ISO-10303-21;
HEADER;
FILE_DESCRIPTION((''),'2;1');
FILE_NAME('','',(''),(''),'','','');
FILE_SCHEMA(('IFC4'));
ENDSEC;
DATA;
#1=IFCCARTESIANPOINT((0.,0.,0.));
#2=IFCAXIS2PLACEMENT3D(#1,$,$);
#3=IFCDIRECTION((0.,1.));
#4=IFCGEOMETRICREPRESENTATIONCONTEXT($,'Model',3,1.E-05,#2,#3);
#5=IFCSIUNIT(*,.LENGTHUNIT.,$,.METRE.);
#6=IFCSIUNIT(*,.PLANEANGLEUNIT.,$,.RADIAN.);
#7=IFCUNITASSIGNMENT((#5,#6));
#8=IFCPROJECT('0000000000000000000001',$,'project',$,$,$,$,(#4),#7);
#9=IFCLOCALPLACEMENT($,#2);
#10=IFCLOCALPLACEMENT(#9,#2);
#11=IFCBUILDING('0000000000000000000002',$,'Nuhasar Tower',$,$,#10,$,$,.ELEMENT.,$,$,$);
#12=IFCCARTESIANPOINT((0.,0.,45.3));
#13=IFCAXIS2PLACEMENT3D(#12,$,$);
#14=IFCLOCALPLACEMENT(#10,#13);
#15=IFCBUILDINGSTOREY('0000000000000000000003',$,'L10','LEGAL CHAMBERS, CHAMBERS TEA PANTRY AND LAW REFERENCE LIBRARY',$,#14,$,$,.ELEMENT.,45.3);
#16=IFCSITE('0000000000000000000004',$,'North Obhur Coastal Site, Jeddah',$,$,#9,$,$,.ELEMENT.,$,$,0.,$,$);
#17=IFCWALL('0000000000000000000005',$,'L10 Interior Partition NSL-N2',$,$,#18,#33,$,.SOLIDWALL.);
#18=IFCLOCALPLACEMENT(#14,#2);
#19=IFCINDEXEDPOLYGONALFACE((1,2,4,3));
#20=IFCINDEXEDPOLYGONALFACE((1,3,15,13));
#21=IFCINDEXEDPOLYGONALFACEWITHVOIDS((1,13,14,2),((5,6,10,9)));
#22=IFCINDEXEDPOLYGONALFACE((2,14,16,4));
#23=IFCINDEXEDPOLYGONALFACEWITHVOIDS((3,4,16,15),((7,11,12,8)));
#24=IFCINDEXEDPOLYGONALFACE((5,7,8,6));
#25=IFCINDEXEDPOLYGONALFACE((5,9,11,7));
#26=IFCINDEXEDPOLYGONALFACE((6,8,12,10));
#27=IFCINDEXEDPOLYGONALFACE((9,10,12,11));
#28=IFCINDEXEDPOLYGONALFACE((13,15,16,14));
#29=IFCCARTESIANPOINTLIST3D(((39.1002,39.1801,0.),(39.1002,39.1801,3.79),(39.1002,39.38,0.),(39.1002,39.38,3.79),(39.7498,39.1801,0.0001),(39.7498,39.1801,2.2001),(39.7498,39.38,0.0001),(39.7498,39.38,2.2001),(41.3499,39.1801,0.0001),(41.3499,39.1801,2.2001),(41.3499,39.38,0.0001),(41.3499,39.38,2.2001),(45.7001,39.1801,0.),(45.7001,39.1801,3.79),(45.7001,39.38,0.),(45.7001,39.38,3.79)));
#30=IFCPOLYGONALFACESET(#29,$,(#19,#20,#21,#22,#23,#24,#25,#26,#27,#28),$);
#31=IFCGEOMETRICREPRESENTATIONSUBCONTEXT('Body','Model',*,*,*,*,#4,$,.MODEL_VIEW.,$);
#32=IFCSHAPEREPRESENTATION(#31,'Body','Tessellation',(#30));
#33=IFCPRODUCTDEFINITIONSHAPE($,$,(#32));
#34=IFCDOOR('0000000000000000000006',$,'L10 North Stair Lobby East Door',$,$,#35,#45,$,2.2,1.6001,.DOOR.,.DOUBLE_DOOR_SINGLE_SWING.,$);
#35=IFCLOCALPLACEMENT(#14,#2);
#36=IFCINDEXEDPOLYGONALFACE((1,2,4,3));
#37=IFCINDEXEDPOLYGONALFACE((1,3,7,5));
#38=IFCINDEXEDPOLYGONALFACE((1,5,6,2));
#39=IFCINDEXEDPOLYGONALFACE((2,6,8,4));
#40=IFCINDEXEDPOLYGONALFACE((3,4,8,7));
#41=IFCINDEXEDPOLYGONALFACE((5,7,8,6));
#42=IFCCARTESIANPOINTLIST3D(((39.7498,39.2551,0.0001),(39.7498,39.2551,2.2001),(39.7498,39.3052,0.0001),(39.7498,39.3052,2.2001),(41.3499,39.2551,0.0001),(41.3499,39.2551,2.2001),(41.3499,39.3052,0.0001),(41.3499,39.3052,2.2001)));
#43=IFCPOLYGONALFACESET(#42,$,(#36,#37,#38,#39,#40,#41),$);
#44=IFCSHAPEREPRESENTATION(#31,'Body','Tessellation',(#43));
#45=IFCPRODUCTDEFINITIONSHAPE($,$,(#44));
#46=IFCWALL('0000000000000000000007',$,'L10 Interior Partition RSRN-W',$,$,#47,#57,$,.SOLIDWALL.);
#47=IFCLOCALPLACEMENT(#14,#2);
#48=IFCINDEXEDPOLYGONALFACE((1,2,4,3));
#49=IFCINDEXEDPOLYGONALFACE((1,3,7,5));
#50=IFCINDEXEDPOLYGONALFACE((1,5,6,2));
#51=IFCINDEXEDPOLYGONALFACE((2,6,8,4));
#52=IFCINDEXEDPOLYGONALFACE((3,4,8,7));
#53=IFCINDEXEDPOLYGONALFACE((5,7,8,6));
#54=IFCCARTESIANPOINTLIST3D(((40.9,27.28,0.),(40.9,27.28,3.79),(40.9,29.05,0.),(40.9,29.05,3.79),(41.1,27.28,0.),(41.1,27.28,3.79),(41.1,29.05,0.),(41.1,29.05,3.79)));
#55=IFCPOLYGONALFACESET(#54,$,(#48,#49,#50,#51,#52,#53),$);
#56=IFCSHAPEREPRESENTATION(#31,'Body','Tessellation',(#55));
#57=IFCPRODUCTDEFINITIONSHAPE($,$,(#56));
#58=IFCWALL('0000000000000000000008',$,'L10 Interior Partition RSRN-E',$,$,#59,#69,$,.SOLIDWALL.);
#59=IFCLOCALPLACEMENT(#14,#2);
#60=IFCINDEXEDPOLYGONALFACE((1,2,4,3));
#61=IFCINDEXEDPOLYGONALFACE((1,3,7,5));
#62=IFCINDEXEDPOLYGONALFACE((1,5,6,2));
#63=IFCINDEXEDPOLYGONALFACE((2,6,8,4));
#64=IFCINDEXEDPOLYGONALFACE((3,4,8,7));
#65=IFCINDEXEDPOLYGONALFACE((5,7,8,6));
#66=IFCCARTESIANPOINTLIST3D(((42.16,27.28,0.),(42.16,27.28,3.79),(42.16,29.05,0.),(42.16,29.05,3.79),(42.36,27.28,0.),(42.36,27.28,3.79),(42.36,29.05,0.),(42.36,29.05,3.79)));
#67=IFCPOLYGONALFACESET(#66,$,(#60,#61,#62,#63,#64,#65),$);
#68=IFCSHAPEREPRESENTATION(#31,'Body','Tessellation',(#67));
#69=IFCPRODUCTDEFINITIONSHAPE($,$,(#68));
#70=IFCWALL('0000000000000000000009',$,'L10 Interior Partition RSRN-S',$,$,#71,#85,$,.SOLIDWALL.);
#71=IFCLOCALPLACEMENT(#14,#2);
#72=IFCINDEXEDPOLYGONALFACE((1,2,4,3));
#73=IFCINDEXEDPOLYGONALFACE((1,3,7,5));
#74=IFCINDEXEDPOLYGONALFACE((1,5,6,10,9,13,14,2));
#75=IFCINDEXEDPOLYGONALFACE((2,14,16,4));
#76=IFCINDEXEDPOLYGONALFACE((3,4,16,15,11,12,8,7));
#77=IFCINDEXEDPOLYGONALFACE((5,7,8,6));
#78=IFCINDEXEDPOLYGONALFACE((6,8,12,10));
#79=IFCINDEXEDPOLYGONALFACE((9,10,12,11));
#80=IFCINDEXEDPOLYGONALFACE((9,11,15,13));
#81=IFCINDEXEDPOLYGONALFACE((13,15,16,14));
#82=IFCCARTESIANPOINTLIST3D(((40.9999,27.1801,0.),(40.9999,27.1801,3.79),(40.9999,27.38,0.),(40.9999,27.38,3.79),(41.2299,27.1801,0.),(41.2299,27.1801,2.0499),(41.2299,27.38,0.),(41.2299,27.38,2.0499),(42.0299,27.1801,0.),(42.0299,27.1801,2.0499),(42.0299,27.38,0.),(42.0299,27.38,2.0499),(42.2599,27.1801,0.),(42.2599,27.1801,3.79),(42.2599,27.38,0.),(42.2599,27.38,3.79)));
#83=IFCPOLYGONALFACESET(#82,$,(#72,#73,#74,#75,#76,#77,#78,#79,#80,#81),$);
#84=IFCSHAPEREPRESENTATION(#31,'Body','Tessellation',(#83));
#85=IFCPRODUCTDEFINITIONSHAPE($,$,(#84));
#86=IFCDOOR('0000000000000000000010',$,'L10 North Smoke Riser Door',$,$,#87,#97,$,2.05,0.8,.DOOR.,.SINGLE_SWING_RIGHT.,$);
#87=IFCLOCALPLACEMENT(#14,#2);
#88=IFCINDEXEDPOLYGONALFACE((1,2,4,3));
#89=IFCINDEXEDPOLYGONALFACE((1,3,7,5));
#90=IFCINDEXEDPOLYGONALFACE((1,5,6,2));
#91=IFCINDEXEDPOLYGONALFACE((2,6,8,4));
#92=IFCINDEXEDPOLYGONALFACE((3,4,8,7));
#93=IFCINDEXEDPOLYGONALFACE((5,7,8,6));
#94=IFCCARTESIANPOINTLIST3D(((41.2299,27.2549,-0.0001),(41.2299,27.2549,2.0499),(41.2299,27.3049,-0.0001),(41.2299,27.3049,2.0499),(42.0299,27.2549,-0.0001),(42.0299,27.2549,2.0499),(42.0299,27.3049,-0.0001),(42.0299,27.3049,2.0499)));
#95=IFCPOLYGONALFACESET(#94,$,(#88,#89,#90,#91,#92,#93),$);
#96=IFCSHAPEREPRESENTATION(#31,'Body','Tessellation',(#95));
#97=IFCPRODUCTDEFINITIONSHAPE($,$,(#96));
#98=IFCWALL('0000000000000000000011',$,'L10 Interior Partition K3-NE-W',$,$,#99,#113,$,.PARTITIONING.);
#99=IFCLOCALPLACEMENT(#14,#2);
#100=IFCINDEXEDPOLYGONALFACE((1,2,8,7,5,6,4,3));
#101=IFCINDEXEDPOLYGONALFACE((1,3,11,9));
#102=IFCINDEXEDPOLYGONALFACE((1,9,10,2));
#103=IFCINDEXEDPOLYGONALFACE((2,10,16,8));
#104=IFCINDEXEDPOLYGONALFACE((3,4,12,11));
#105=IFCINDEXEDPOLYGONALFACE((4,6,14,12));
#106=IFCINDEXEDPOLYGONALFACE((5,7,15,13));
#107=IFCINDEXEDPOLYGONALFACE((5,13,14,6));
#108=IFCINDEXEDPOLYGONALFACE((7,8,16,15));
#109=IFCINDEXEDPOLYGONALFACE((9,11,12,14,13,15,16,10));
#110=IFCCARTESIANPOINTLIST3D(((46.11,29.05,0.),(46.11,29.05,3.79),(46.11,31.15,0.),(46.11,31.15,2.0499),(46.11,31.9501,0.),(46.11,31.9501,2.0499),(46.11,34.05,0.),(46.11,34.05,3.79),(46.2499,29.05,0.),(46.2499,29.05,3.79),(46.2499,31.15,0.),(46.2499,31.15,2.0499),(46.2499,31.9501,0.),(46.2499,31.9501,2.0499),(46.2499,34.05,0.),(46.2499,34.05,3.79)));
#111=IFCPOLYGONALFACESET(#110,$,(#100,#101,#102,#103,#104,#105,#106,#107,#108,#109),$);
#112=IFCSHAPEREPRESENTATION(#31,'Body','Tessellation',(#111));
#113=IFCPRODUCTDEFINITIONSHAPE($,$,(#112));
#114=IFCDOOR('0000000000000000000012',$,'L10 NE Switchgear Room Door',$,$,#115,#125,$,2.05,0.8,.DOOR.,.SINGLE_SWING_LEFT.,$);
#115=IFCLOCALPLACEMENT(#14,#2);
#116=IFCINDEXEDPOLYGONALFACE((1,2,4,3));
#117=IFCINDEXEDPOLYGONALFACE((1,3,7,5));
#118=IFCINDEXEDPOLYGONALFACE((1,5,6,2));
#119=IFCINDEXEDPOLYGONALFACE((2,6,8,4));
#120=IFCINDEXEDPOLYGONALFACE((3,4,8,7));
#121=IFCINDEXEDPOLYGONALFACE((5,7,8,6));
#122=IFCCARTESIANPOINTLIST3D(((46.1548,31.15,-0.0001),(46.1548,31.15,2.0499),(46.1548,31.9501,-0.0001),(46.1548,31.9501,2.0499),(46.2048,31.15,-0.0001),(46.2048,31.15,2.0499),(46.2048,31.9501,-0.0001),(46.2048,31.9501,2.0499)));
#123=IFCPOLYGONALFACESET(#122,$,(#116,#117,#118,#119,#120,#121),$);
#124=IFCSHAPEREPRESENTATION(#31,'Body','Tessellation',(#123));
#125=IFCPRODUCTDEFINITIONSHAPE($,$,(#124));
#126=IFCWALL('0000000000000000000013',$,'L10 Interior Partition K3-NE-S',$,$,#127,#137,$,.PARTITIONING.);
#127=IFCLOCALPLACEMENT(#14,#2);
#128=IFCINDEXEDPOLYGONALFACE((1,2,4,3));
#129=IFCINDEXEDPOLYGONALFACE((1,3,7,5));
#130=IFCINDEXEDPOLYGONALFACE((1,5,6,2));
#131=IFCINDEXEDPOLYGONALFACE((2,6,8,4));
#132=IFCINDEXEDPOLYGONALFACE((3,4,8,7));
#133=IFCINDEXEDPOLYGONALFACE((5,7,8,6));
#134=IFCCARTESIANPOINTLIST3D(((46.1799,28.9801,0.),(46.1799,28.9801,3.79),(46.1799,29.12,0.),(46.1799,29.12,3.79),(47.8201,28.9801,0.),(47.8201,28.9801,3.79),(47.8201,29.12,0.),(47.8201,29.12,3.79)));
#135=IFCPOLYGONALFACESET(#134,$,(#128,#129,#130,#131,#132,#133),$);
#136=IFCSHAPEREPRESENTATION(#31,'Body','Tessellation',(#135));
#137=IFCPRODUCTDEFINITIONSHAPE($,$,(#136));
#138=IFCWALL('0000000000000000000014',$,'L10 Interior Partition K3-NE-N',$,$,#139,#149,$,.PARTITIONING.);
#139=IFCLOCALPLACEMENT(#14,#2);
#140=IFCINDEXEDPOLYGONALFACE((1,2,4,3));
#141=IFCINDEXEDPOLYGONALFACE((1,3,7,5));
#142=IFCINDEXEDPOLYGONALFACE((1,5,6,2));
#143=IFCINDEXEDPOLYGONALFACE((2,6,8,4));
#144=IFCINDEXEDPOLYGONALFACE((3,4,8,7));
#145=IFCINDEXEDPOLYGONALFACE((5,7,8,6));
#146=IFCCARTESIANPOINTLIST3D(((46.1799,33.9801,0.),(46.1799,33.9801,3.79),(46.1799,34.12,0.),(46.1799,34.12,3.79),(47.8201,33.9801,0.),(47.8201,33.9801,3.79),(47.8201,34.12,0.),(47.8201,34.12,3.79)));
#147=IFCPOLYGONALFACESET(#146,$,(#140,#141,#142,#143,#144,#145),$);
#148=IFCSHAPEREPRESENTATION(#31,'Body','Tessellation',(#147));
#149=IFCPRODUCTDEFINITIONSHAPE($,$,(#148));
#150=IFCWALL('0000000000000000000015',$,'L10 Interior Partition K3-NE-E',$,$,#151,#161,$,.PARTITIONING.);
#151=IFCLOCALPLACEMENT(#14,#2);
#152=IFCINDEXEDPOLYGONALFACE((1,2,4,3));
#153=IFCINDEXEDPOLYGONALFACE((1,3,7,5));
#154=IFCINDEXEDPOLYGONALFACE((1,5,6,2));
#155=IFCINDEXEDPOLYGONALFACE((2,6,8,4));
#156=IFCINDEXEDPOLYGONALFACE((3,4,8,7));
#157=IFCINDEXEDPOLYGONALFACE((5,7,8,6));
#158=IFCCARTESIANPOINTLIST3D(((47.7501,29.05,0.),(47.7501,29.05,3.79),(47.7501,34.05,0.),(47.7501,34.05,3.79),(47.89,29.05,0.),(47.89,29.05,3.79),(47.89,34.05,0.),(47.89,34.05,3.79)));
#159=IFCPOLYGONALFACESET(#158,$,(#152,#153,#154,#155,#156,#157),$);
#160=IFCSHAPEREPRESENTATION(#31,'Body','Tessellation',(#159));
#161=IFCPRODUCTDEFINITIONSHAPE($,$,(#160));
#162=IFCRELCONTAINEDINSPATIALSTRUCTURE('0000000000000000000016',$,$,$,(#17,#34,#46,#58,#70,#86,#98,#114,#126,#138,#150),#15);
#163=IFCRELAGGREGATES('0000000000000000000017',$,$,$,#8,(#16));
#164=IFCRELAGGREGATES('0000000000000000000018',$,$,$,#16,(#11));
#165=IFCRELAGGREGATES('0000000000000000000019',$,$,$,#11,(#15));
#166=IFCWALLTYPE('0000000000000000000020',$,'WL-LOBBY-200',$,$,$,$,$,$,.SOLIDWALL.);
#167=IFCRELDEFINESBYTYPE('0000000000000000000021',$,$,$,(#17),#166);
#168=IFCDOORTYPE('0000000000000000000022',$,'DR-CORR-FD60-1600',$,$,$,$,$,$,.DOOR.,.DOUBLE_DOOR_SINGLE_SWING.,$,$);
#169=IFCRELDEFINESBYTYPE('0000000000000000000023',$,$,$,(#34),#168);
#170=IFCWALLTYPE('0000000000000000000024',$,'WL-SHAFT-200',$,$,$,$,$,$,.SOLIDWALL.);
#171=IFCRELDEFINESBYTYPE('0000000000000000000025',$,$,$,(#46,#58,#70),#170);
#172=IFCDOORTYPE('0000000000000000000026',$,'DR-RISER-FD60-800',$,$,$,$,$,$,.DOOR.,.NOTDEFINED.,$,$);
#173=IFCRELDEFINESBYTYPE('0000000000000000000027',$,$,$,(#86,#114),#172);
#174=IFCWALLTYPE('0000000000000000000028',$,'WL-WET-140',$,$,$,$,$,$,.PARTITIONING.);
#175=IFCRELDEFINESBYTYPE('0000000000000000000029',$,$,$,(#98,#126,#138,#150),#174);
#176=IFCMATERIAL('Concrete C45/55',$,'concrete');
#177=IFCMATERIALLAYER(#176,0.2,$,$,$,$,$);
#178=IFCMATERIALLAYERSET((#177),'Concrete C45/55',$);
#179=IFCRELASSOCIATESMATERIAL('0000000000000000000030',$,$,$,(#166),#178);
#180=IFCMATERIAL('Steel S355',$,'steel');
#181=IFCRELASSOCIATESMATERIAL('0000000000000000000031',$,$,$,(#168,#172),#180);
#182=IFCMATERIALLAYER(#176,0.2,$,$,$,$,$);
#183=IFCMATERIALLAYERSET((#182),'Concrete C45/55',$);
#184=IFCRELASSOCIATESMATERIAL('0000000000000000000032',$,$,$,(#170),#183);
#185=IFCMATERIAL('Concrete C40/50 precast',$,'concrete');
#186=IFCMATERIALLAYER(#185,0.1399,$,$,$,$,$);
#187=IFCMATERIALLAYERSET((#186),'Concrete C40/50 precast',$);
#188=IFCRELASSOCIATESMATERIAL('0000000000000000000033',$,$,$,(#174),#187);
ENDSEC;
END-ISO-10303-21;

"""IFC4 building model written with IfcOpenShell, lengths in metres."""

from ifc_helpers import new_model, si_unit, direction, frame, frame_2d, origin, place, context, subcontext, project, spatial, rectangle, extrude, material, layer, layer_set, type_object, element, fill, save


model = new_model("IFC4")

# Units and contexts
model_context = context("Model", 3, precision=1e-05, world=origin(), true_north=direction((0.0, 1.0)))
body_context = subcontext(model_context, "Body", "Model", "MODEL_VIEW")
ifc_project = project(units=[si_unit("LENGTHUNIT", "METRE"), si_unit("PLANEANGLEUNIT", "RADIAN")], contexts=[model_context])

# Site, building, storey
site_placement = place(None, origin())
site = spatial("IfcSite", under=ifc_project, at=site_placement, Name="North Obhur Coastal Site, Jeddah", CompositionType="ELEMENT", RefElevation=0.0)
building_placement = place(site_placement, origin())
building = spatial("IfcBuilding", under=site, at=building_placement, Name="Nuhasar Tower", CompositionType="ELEMENT")
storey_placement = place(building_placement, frame((0.0, 0.0, 45.3)))
storey = spatial("IfcBuildingStorey", under=building, at=storey_placement, Name="L10", Description="LEGAL CHAMBERS, CHAMBERS TEA PANTRY AND LAW REFERENCE LIBRARY", CompositionType="ELEMENT", Elevation=45.3)

# Shared definitions
ifc_material_1 = material(Name="Steel S355", Category="steel")

# Shared definitions
ifc_material_2 = material(Name="Concrete C45/55", Category="concrete")
ifc_layer_1 = layer(ifc_material_2, 0.2)
ifc_layer_set_1 = layer_set([ifc_layer_1], Name="Concrete C45/55")
wall_type_1 = type_object("IfcWallType", Name="WL-LOBBY-200", PredefinedType="SOLIDWALL", material=ifc_layer_set_1)

# Wall, opening, door
wall_1_placement = place(storey_placement, frame((45.7, 39.28, 0.0), z_axis=(0.0, 0.0, 1.0), x_axis=(-1.0, 0.0, 0.0)))
wall_1 = element("IfcWall", 1, at=wall_1_placement, inside=storey, type_object=wall_type_1, Name="L10 Interior Partition NSL-N2", PredefinedType="SOLIDWALL", context=body_context, shape_type="SweptSolid", body=[
    extrude(rectangle(XDim=6.5999, YDim=0.2, at=frame_2d((3.2998, 0.0))), origin(), (0.0, 0.0, 1.0), 3.79),
])
opening_1_placement = place(wall_1_placement, frame((4.3501, 0.0, 0.0)))
opening_1 = element("IfcOpeningElement", 2, at=opening_1_placement, cuts=wall_1, PredefinedType="OPENING", context=body_context, shape_type="SweptSolid", body=[
    extrude(rectangle(XDim=1.6001, YDim=2.2, at=frame_2d((0.8, 1.1001))), frame((0.0, 0.1099, 0.0), z_axis=(0.0, -1.0, 0.0), x_axis=(1.0, 0.0, 0.0)), (0.0, 0.0, 1.0), 0.22),
])
door_type_1 = type_object("IfcDoorType", Name="DR-CORR-FD60-1600", OperationType="DOUBLE_DOOR_SINGLE_SWING", PredefinedType="DOOR", material=ifc_material_1)
door_1_placement = place(opening_1_placement, origin())
door_1 = element("IfcDoor", 3, at=door_1_placement, inside=storey, type_object=door_type_1, Name="L10 North Stair Lobby East Door", OperationType="DOUBLE_DOOR_SINGLE_SWING", OverallHeight=2.2, OverallWidth=1.6001, PredefinedType="DOOR", context=body_context, shape_type="SweptSolid", body=[
    extrude(rectangle(XDim=1.6001, YDim=2.2, at=frame_2d((0.8, 1.1001))), frame((0.0, 0.0249, 0.0), z_axis=(0.0, -1.0, 0.0), x_axis=(1.0, 0.0, 0.0)), (0.0, 0.0, 1.0), 0.05),
])
fill(opening_1, door_1)

# Walls
ifc_layer_2 = layer(ifc_material_2, 0.2)
ifc_layer_set_2 = layer_set([ifc_layer_2], Name="Concrete C45/55")
wall_type_2 = type_object("IfcWallType", Name="WL-SHAFT-200", PredefinedType="SOLIDWALL", material=ifc_layer_set_2)
for number, where, z_axis, x_axis, name in (
    (4, (41.0, 27.28, 0.0), (0.0, 0.0, 1.0), (0.0, 1.0, 0.0), "L10 Interior Partition RSRN-W"),
    (5, (42.26, 27.28, 0.0), (0.0, 0.0, 1.0), (0.0, 1.0, 0.0), "L10 Interior Partition RSRN-E"),
):
    element("IfcWall", number, at=place(storey_placement, frame(where, z_axis=z_axis, x_axis=x_axis)), inside=storey, type_object=wall_type_2, Name=name, PredefinedType="SOLIDWALL", context=body_context, shape_type="SweptSolid", body=[
        extrude(rectangle(XDim=1.77, YDim=0.2, at=frame_2d((0.885, 0.0))), origin(), (0.0, 0.0, 1.0), 3.79),
    ])

# Walls, openings, doors
wall_2_placement = place(storey_placement, frame((41.0, 27.28, 0.0), z_axis=(0.0, 0.0, 1.0), x_axis=(1.0, 0.0, 0.0)))
wall_2 = element("IfcWall", 6, at=wall_2_placement, inside=storey, type_object=wall_type_2, Name="L10 Interior Partition RSRN-S", PredefinedType="SOLIDWALL", context=body_context, shape_type="SweptSolid", body=[
    extrude(rectangle(XDim=1.26, YDim=0.2, at=frame_2d((0.6299, 0.0))), origin(), (0.0, 0.0, 1.0), 3.79),
])
opening_2_placement = place(wall_2_placement, frame((0.23, 0.0, 0.0)))
opening_2 = element("IfcOpeningElement", 7, at=opening_2_placement, cuts=wall_2, PredefinedType="OPENING", context=body_context, shape_type="SweptSolid", body=[
    extrude(rectangle(XDim=0.8, YDim=2.05, at=frame_2d((0.3999, 1.0249))), frame((0.0, 0.1099, 0.0), z_axis=(0.0, -1.0, 0.0), x_axis=(1.0, 0.0, 0.0)), (0.0, 0.0, 1.0), 0.22),
])
door_type_2 = type_object("IfcDoorType", Name="DR-RISER-FD60-800", OperationType="NOTDEFINED", PredefinedType="DOOR", material=ifc_material_1)
door_2_placement = place(opening_2_placement, origin())
door_2 = element("IfcDoor", 8, at=door_2_placement, inside=storey, type_object=door_type_2, Name="L10 North Smoke Riser Door", OperationType="SINGLE_SWING_RIGHT", OverallHeight=2.05, OverallWidth=0.8, PredefinedType="DOOR", context=body_context, shape_type="SweptSolid", body=[
    extrude(rectangle(XDim=0.8, YDim=2.05, at=frame_2d((0.3999, 1.0249))), frame((0.0, 0.0249, 0.0), z_axis=(0.0, -1.0, 0.0), x_axis=(1.0, 0.0, 0.0)), (0.0, 0.0, 1.0), 0.05),
])
fill(opening_2, door_2)
ifc_material_3 = material(Name="Concrete C40/50 precast", Category="concrete")
ifc_layer_3 = layer(ifc_material_3, 0.1399)
ifc_layer_set_3 = layer_set([ifc_layer_3], Name="Concrete C40/50 precast")
wall_type_3 = type_object("IfcWallType", Name="WL-WET-140", PredefinedType="PARTITIONING", material=ifc_layer_set_3)
wall_3_placement = place(storey_placement, frame((46.1799, 34.05, 0.0), z_axis=(0.0, 0.0, 1.0), x_axis=(0.0, -1.0, 0.0)))
wall_3 = element("IfcWall", 9, at=wall_3_placement, inside=storey, type_object=wall_type_3, Name="L10 Interior Partition K3-NE-W", PredefinedType="PARTITIONING", context=body_context, shape_type="SweptSolid", body=[
    extrude(rectangle(XDim=5.0, YDim=0.1399, at=frame_2d((2.5, 0.0))), origin(), (0.0, 0.0, 1.0), 3.79),
])
opening_3_placement = place(wall_3_placement, frame((2.1001, 0.0, 0.0)))
opening_3 = element("IfcOpeningElement", 10, at=opening_3_placement, cuts=wall_3, PredefinedType="OPENING", context=body_context, shape_type="SweptSolid", body=[
    extrude(rectangle(XDim=0.8, YDim=2.05, at=frame_2d((0.3999, 1.0249))), frame((0.0, 0.0801, 0.0), z_axis=(0.0, -1.0, 0.0), x_axis=(1.0, 0.0, 0.0)), (0.0, 0.0, 1.0), 0.1599),
])
door_3_placement = place(opening_3_placement, origin())
door_3 = element("IfcDoor", 11, at=door_3_placement, inside=storey, type_object=door_type_2, Name="L10 NE Switchgear Room Door", OperationType="SINGLE_SWING_LEFT", OverallHeight=2.05, OverallWidth=0.8, PredefinedType="DOOR", context=body_context, shape_type="SweptSolid", body=[
    extrude(rectangle(XDim=0.8, YDim=2.05, at=frame_2d((0.3999, 1.0249))), frame((0.0, 0.0249, 0.0), z_axis=(0.0, -1.0, 0.0), x_axis=(1.0, 0.0, 0.0)), (0.0, 0.0, 1.0), 0.05),
])
fill(opening_3, door_3)

# Walls
for number, where, z_axis, x_axis, name in (
    (12, (46.1799, 29.05, 0.0), (0.0, 0.0, 1.0), (1.0, 0.0, 0.0), "L10 Interior Partition K3-NE-S"),
    (13, (46.1799, 34.05, 0.0), (0.0, 0.0, 1.0), (1.0, 0.0, 0.0), "L10 Interior Partition K3-NE-N"),
):
    element("IfcWall", number, at=place(storey_placement, frame(where, z_axis=z_axis, x_axis=x_axis)), inside=storey, type_object=wall_type_3, Name=name, PredefinedType="PARTITIONING", context=body_context, shape_type="SweptSolid", body=[
        extrude(rectangle(XDim=1.6401, YDim=0.1399, at=frame_2d((0.8201, 0.0))), origin(), (0.0, 0.0, 1.0), 3.79),
    ])
wall_4_placement = place(storey_placement, frame((47.8201, 29.05, 0.0), z_axis=(0.0, 0.0, 1.0), x_axis=(0.0, 1.0, 0.0)))
element("IfcWall", 14, at=wall_4_placement, inside=storey, type_object=wall_type_3, Name="L10 Interior Partition K3-NE-E", PredefinedType="PARTITIONING", context=body_context, shape_type="SweptSolid", body=[
    extrude(rectangle(XDim=5.0, YDim=0.1399, at=frame_2d((2.5, 0.0))), origin(), (0.0, 0.0, 1.0), 3.79),
])

save(model, "model.ifc")
